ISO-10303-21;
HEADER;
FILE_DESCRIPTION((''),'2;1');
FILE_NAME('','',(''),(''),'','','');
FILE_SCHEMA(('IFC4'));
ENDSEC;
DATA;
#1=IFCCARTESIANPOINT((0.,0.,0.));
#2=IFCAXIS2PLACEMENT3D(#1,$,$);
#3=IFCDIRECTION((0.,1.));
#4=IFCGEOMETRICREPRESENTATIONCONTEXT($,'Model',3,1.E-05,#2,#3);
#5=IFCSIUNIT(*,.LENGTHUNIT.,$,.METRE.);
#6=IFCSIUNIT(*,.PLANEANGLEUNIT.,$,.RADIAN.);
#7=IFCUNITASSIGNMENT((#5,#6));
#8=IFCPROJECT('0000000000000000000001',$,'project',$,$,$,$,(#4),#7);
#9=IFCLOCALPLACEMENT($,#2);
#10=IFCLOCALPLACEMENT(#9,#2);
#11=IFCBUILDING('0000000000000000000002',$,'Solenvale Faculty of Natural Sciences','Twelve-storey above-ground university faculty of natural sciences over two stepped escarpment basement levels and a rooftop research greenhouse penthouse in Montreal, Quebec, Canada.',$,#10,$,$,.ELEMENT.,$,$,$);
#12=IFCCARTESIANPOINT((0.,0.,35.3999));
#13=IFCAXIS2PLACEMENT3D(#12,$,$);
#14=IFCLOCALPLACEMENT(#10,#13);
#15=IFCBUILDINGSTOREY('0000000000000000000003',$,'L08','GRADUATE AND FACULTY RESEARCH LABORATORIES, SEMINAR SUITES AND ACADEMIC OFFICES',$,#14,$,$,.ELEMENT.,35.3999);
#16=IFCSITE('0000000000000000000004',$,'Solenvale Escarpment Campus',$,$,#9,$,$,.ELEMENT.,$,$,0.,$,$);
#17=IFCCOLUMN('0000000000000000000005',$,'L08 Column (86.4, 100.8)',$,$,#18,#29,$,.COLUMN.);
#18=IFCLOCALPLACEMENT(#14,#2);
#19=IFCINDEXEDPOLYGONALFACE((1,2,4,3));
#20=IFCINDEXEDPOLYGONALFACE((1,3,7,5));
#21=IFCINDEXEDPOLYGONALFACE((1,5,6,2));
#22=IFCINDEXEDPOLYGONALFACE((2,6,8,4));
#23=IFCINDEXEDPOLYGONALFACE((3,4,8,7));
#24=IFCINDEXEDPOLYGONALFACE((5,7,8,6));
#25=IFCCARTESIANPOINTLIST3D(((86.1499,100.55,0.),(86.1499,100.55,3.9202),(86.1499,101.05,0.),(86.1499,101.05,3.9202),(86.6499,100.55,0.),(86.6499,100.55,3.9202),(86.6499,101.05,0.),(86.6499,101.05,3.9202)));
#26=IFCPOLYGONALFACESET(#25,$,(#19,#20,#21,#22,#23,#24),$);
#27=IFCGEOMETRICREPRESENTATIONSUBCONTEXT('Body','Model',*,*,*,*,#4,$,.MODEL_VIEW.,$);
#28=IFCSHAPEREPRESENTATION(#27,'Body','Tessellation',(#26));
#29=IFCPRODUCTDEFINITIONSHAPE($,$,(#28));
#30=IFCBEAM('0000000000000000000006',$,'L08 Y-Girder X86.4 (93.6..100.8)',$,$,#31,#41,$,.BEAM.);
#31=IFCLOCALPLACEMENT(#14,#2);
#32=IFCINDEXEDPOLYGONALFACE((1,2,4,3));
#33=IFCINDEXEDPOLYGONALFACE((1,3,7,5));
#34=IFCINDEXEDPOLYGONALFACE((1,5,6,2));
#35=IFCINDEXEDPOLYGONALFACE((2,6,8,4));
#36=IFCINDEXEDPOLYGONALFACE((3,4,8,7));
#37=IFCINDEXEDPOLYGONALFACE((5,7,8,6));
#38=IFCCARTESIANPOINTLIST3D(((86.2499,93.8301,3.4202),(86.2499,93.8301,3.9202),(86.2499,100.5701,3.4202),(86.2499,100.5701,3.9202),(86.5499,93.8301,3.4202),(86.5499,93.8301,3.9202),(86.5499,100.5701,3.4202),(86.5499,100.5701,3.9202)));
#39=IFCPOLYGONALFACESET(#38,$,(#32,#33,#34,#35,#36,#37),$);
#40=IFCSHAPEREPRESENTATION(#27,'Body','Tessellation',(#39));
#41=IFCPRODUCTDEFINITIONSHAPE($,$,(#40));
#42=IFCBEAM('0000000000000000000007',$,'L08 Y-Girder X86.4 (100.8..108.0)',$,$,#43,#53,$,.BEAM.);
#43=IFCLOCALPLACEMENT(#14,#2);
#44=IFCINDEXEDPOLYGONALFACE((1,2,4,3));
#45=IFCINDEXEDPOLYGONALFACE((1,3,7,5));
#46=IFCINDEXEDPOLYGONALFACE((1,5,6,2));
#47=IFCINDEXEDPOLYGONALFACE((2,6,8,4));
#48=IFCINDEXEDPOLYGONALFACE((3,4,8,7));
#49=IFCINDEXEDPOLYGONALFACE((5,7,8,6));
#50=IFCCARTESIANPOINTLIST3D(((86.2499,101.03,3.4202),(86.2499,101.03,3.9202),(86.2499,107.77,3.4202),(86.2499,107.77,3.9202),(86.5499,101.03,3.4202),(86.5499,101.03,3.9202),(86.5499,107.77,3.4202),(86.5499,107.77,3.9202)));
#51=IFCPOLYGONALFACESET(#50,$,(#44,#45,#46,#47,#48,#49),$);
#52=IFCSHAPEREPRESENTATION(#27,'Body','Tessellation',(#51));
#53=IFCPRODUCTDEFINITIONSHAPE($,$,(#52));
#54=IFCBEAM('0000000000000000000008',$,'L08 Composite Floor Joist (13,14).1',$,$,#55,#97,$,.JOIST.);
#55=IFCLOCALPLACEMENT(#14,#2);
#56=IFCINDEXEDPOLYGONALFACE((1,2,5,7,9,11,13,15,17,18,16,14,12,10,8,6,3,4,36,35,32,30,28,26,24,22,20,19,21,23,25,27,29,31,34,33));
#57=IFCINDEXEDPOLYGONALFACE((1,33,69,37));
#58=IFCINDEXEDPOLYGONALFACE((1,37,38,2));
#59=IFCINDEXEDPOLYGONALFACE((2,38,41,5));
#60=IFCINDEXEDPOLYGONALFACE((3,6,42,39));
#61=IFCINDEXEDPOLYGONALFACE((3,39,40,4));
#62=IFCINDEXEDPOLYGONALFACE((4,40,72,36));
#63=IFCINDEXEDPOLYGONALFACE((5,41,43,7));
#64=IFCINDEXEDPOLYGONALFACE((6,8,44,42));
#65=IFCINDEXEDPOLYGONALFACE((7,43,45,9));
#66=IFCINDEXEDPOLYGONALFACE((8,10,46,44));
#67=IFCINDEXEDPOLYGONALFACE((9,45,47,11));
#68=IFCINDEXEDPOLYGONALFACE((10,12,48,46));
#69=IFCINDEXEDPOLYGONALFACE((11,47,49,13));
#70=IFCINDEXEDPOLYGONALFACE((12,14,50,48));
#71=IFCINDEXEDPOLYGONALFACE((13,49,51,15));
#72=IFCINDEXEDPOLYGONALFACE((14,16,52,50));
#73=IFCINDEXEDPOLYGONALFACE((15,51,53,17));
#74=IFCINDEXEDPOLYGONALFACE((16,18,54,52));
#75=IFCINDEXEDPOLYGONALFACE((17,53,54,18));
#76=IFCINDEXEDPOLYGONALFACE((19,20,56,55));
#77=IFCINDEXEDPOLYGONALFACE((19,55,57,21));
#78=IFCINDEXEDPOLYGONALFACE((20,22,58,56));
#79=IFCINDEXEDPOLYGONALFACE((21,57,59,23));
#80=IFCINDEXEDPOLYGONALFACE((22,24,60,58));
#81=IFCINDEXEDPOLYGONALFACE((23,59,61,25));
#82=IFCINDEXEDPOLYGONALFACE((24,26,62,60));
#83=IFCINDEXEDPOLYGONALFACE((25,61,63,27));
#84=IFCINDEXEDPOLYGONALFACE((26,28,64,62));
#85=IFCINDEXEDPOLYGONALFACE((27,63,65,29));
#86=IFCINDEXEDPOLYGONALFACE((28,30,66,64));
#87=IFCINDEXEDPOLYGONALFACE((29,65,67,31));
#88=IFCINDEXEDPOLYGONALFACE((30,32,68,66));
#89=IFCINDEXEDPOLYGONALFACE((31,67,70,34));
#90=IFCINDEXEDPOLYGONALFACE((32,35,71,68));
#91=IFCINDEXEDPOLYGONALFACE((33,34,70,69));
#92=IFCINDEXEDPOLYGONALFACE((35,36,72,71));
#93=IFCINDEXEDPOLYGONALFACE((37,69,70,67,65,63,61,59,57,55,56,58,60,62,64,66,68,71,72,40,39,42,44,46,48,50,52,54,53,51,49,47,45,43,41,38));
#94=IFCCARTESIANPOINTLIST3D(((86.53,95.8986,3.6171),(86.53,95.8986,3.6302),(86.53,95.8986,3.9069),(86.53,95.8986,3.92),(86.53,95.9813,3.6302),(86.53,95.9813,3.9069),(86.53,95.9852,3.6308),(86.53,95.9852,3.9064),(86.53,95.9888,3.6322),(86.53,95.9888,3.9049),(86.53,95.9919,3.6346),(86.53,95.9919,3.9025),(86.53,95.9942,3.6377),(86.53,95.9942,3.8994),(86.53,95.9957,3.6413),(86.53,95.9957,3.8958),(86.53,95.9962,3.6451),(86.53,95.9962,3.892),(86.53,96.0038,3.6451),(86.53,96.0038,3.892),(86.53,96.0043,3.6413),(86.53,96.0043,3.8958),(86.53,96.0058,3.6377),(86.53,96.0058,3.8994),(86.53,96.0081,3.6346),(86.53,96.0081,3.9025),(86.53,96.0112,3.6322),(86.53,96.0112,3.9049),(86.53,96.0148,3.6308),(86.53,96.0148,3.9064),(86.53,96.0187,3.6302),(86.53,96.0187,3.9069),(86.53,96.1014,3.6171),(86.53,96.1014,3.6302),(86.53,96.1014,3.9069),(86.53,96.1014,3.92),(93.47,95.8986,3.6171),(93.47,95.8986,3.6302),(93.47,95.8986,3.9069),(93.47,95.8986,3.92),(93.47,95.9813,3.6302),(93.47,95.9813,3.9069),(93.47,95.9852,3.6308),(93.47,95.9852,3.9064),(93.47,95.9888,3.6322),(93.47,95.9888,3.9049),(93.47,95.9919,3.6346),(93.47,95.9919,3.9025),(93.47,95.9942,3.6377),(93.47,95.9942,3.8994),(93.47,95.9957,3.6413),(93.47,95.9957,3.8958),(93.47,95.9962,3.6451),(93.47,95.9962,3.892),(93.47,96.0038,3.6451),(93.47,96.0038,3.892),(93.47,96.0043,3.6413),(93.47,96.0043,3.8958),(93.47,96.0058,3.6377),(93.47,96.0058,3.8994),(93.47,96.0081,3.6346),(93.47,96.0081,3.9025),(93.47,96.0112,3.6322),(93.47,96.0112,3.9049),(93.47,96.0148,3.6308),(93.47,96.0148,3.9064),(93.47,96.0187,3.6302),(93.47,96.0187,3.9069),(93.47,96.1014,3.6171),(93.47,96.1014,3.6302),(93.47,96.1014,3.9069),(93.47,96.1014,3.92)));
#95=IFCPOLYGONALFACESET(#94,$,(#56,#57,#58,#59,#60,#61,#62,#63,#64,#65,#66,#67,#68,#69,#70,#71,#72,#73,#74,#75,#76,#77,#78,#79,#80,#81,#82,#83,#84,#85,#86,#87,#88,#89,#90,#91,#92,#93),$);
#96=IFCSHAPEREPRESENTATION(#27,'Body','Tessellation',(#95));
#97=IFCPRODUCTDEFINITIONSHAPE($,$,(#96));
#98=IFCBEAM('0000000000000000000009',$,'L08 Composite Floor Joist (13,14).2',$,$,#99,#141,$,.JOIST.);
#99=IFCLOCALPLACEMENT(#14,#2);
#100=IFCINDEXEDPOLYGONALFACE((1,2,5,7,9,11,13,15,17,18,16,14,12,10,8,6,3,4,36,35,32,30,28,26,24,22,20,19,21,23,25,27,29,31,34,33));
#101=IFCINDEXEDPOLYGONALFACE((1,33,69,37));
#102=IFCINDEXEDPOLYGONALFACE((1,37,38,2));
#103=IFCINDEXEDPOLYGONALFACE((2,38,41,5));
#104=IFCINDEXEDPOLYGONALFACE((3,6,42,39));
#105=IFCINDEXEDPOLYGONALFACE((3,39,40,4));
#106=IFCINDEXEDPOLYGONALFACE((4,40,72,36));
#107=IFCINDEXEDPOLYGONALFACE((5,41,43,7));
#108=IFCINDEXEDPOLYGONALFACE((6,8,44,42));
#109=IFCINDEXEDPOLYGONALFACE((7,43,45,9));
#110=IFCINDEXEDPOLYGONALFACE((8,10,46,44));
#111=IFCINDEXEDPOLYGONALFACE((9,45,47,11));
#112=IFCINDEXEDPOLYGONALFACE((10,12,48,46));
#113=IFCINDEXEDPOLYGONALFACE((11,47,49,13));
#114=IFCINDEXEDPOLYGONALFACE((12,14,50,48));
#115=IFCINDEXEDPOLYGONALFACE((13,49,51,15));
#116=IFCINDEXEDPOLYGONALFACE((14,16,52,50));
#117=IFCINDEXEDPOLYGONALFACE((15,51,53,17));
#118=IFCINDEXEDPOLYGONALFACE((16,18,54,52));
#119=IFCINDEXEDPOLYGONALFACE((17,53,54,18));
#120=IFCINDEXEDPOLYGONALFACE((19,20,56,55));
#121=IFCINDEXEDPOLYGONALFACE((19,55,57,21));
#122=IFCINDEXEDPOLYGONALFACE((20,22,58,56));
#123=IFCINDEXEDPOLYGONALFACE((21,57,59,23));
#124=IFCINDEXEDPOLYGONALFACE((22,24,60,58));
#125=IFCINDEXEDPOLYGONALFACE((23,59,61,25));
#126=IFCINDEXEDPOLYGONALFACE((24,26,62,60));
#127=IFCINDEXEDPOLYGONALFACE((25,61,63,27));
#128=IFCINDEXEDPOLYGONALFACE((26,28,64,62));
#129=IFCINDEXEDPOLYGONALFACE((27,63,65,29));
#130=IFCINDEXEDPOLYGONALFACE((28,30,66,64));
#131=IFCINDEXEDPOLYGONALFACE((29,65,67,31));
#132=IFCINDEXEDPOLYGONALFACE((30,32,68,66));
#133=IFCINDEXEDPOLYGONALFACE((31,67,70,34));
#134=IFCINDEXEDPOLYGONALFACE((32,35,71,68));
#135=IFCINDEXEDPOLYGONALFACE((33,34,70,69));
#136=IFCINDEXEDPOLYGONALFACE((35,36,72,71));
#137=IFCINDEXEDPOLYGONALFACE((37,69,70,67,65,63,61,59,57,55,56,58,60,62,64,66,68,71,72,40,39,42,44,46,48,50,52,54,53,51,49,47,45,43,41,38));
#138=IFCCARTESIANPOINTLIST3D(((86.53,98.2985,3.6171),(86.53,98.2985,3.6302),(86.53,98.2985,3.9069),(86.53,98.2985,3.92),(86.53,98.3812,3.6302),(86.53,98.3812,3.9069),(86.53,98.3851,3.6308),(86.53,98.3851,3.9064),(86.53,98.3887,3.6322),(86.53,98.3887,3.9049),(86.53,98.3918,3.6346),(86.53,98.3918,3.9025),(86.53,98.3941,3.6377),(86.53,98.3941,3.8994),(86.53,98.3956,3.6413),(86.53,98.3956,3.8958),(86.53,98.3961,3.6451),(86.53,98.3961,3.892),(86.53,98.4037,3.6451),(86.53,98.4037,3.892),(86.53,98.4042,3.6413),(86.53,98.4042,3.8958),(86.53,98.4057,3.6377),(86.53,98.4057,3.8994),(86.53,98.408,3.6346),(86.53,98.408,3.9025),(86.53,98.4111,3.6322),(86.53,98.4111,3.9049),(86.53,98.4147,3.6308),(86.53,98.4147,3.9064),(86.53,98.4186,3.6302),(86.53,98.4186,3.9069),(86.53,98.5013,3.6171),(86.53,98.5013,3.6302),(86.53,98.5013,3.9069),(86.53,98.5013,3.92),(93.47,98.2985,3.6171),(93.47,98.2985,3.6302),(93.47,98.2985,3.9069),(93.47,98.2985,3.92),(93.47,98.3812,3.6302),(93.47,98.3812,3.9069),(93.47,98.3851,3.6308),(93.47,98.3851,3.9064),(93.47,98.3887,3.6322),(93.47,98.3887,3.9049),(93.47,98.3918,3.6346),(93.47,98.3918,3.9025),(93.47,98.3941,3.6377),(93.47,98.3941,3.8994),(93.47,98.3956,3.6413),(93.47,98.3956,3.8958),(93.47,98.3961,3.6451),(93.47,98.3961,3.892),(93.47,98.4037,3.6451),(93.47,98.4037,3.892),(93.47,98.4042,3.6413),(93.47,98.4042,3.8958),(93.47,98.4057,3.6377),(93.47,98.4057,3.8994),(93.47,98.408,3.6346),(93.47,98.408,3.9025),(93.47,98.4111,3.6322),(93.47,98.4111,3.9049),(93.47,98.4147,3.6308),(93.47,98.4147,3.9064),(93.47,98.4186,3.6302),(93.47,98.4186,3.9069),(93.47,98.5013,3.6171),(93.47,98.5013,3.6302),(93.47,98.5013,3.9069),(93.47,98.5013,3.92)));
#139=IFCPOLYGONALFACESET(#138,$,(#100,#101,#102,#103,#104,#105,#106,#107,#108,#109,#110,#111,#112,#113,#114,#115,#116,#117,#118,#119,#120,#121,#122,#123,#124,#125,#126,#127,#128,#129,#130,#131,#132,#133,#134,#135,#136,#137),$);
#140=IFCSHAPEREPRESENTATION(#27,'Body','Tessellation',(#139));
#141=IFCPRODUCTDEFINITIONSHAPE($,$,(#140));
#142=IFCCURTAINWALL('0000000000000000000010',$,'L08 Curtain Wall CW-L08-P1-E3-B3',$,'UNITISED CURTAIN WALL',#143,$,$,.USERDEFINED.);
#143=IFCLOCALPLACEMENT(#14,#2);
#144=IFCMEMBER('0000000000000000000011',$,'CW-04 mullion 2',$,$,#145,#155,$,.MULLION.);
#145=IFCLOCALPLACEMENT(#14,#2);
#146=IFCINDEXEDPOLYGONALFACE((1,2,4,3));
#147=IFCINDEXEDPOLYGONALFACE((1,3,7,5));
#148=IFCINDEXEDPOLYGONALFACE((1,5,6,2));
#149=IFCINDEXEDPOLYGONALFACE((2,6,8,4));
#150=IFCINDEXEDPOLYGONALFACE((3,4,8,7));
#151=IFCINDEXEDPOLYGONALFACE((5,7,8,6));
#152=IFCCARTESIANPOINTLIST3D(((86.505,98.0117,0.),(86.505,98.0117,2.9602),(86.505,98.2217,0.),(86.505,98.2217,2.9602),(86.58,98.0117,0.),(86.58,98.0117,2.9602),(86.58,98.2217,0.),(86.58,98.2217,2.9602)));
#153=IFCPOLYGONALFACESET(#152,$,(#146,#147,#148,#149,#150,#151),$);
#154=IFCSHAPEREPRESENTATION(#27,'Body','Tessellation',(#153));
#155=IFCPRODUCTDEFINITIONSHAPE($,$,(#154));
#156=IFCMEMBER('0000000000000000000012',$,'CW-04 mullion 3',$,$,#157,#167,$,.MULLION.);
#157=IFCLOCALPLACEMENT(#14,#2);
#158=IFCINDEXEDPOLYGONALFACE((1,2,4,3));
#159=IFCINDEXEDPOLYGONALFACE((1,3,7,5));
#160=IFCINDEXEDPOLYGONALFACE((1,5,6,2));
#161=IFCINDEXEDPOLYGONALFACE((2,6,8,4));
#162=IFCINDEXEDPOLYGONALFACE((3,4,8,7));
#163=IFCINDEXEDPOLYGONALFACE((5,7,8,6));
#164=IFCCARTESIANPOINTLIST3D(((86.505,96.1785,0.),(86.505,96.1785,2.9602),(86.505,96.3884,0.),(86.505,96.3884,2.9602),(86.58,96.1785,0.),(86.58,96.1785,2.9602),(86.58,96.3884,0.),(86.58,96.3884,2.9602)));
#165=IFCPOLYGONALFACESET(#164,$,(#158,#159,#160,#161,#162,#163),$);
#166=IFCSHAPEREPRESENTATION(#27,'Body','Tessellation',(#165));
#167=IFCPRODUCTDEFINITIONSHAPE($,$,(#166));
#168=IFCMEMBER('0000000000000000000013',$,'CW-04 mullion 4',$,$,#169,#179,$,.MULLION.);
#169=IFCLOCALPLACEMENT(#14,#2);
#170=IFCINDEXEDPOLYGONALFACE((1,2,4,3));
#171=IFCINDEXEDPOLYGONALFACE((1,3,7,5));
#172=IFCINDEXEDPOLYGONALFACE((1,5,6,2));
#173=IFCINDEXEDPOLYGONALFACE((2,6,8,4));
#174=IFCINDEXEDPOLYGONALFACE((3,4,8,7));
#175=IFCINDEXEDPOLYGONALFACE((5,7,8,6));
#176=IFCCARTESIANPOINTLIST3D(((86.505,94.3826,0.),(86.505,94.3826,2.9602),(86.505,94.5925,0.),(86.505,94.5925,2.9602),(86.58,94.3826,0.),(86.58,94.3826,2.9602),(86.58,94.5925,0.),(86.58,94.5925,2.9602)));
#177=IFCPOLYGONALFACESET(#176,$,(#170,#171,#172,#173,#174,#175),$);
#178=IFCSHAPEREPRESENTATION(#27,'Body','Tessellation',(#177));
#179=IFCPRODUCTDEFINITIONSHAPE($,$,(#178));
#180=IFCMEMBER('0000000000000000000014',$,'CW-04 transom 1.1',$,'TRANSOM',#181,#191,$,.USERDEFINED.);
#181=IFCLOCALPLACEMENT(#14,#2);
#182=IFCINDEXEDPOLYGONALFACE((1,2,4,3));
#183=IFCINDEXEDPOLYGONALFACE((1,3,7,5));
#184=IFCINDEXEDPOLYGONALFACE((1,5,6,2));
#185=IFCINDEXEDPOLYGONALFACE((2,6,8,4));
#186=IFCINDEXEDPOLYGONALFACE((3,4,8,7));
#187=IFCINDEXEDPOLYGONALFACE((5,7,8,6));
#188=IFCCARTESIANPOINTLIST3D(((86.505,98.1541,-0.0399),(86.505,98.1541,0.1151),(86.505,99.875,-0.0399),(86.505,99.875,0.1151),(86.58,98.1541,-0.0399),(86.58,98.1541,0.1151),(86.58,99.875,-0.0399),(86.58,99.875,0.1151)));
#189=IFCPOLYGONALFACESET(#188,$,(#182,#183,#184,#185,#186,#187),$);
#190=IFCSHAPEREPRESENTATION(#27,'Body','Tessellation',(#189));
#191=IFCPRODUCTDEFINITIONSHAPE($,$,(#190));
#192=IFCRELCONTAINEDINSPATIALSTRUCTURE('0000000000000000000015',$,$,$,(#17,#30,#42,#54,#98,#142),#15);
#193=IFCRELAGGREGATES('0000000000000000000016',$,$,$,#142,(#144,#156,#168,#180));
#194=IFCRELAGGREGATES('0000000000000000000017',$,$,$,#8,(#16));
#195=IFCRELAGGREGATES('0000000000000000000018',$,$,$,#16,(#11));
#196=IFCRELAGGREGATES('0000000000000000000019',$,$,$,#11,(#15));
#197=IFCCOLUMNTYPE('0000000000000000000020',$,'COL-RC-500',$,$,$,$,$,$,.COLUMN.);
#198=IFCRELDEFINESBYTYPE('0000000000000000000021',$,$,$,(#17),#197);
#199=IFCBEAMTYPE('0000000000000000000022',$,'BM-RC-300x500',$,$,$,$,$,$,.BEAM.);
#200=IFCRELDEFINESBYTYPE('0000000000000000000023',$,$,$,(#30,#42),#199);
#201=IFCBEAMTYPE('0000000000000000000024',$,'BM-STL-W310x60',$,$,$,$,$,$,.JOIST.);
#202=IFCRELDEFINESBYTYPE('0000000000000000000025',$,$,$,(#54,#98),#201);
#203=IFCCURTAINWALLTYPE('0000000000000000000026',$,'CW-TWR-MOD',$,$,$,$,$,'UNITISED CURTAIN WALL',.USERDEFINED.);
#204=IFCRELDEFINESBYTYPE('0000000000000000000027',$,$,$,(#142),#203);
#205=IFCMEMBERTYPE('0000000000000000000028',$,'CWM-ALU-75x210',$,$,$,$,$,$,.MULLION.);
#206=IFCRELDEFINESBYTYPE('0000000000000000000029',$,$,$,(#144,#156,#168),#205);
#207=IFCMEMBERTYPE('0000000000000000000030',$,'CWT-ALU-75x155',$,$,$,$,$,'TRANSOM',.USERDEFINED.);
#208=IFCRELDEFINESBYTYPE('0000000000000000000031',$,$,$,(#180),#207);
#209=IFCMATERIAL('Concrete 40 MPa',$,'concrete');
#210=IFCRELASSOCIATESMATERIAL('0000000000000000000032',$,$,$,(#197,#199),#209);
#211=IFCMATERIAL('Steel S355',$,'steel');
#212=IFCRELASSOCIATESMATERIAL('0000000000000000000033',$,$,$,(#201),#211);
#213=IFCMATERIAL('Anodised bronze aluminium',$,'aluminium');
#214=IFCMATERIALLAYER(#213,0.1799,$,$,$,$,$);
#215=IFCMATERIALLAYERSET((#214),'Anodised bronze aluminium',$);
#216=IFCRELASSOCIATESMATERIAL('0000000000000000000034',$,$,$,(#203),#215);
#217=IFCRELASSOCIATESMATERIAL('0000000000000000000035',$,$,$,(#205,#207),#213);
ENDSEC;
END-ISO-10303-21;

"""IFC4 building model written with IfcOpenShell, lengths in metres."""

from ifc_helpers import new_model, si_unit, direction, frame, origin, origin_2d, place, context, subcontext, project, spatial, rectangle, i_section, extrude, material, layer, layer_set, material_profile, profile_set, type_object, element, aggregate, save


model = new_model("IFC4")

# Units and contexts
model_context = context("Model", 3, precision=1e-05, world=origin(), true_north=direction((0.0, 1.0)))
body_context = subcontext(model_context, "Body", "Model", "MODEL_VIEW")
ifc_project = project(units=[si_unit("LENGTHUNIT", "METRE"), si_unit("PLANEANGLEUNIT", "RADIAN")], contexts=[model_context])

# Site, building, storey
site_placement = place(None, origin())
site = spatial("IfcSite", under=ifc_project, at=site_placement, Name="Solenvale Escarpment Campus", CompositionType="ELEMENT", RefElevation=0.0)
building_placement = place(site_placement, origin())
building = spatial("IfcBuilding", under=site, at=building_placement, Name="Solenvale Faculty of Natural Sciences", Description="Twelve-storey above-ground university faculty of natural sciences over two stepped escarpment basement levels and a rooftop research greenhouse penthouse in Montreal, Quebec, Canada.", CompositionType="ELEMENT")
storey_placement = place(building_placement, frame((0.0, 0.0, 35.3999)))
storey = spatial("IfcBuildingStorey", under=building, at=storey_placement, Name="L08", Description="GRADUATE AND FACULTY RESEARCH LABORATORIES, SEMINAR SUITES AND ACADEMIC OFFICES", CompositionType="ELEMENT", Elevation=35.3999)

# Column
ifc_material_1 = material(Name="Concrete 40 MPa", Category="concrete")
ifc_material_profile_1 = material_profile(ifc_material_1, rectangle(XDim=0.5, YDim=0.5, at=origin_2d()), Name="RC-COL-500x500")
ifc_profile_set_1 = profile_set([ifc_material_profile_1], Name="Concrete 40 MPa")
column_type = type_object("IfcColumnType", Name="COL-RC-500", PredefinedType="COLUMN", material=ifc_profile_set_1)
column_placement = place(storey_placement, frame((86.3999, 100.8, 0.0), z_axis=(0.0, 0.0, 1.0), x_axis=(1.0, 0.0, 0.0)))
element("IfcColumn", 1, at=column_placement, inside=storey, type_object=column_type, Name="L08 Column (86.4, 100.8)", PredefinedType="COLUMN", context=body_context, shape_type="SweptSolid", body=[
    extrude(rectangle(XDim=0.5, YDim=0.5, at=origin_2d()), origin(), (0.0, 0.0, 1.0), 3.9202),
])

# Beams
ifc_material_profile_2 = material_profile(ifc_material_1, rectangle(XDim=0.3, YDim=0.5, at=origin_2d()), Name="RC-BM-300x500")
ifc_profile_set_2 = profile_set([ifc_material_profile_2], Name="Concrete 40 MPa")
beam_type_1 = type_object("IfcBeamType", Name="BM-RC-300x500", PredefinedType="BEAM", material=ifc_profile_set_2)
for number, where, z_axis, x_axis, name in (
    (2, (86.3999, 93.8301, 3.6702), (0.0, 1.0, 0.0), (-1.0, 0.0, 0.0), "L08 Y-Girder X86.4 (93.6..100.8)"),
    (3, (86.3999, 101.03, 3.6702), (0.0, 1.0, 0.0), (-1.0, 0.0, 0.0), "L08 Y-Girder X86.4 (100.8..108.0)"),
):
    element("IfcBeam", number, at=place(storey_placement, frame(where, z_axis=z_axis, x_axis=x_axis)), inside=storey, type_object=beam_type_1, Name=name, PredefinedType="BEAM", context=body_context, shape_type="SweptSolid", body=[
        extrude(rectangle(XDim=0.3, YDim=0.5, at=origin_2d()), origin(), (0.0, 0.0, 1.0), 6.74),
    ])
ifc_material_2 = material(Name="Steel S355", Category="steel")
ifc_material_profile_3 = material_profile(ifc_material_2, i_section(OverallWidth=0.2029, OverallDepth=0.303, WebThickness=0.0076, FlangeThickness=0.0132, FilletRadius=0.0149, at=origin_2d()), Name="W310x60")
ifc_profile_set_3 = profile_set([ifc_material_profile_3], Name="Steel S355")
beam_type_2 = type_object("IfcBeamType", Name="BM-STL-W310x60", PredefinedType="JOIST", material=ifc_profile_set_3)
for number, where, z_axis, x_axis, name in (
    (4, (86.53, 96.0, 3.7686), (1.0, 0.0, 0.0), (0.0, 1.0, 0.0), "L08 Composite Floor Joist (13,14).1"),
    (5, (86.53, 98.3999, 3.7686), (1.0, 0.0, 0.0), (0.0, 1.0, 0.0), "L08 Composite Floor Joist (13,14).2"),
):
    element("IfcBeam", number, at=place(storey_placement, frame(where, z_axis=z_axis, x_axis=x_axis)), inside=storey, type_object=beam_type_2, Name=name, PredefinedType="JOIST", context=body_context, shape_type="SweptSolid", body=[
        extrude(i_section(OverallWidth=0.2029, OverallDepth=0.303, WebThickness=0.0076, FlangeThickness=0.0132, FilletRadius=0.0149, at=origin_2d()), origin(), (0.0, 0.0, 1.0), 6.9399),
    ])

# Curtain wall, members
ifc_material_3 = material(Name="Anodised bronze aluminium", Category="aluminium")
ifc_layer_1 = layer(ifc_material_3, 0.1799)
ifc_layer_set_1 = layer_set([ifc_layer_1], Name="Anodised bronze aluminium")
curtain_wall_type = type_object("IfcCurtainWallType", Name="CW-TWR-MOD", ElementType="UNITISED CURTAIN WALL", PredefinedType="USERDEFINED", material=ifc_layer_set_1)
curtain_wall_placement = place(storey_placement, origin())
curtain_wall = element("IfcCurtainWall", 6, at=curtain_wall_placement, inside=storey, type_object=curtain_wall_type, Name="L08 Curtain Wall CW-L08-P1-E3-B3", ObjectType="UNITISED CURTAIN WALL", PredefinedType="USERDEFINED")
ifc_material_profile_4 = material_profile(ifc_material_3, rectangle(XDim=0.075, YDim=0.21, at=origin_2d()), Name="ALU-MUL-75x210")
ifc_profile_set_4 = profile_set([ifc_material_profile_4], Name="Anodised bronze aluminium")
member_type_1 = type_object("IfcMemberType", Name="CWM-ALU-75x210", PredefinedType="MULLION", material=ifc_profile_set_4)
member_1_placement = place(storey_placement, frame((86.5425, 98.1167, 0.0), z_axis=(0.0, 0.0, 1.0), x_axis=(1.0, 0.0, 0.0)))
member_1 = element("IfcMember", 7, at=member_1_placement, type_object=member_type_1, Name="CW-04 mullion 2", PredefinedType="MULLION", context=body_context, shape_type="SweptSolid", body=[
    extrude(rectangle(XDim=0.075, YDim=0.21, at=origin_2d()), origin(), (0.0, 0.0, 1.0), 2.9602),
])
member_2_placement = place(storey_placement, frame((86.5425, 96.2834, 0.0), z_axis=(0.0, 0.0, 1.0), x_axis=(1.0, 0.0, 0.0)))
member_2 = element("IfcMember", 8, at=member_2_placement, type_object=member_type_1, Name="CW-04 mullion 3", PredefinedType="MULLION", context=body_context, shape_type="SweptSolid", body=[
    extrude(rectangle(XDim=0.075, YDim=0.21, at=origin_2d()), origin(), (0.0, 0.0, 1.0), 2.9602),
])
member_3_placement = place(storey_placement, frame((86.5425, 94.4875, 0.0), z_axis=(0.0, 0.0, 1.0), x_axis=(1.0, 0.0, 0.0)))
member_3 = element("IfcMember", 9, at=member_3_placement, type_object=member_type_1, Name="CW-04 mullion 4", PredefinedType="MULLION", context=body_context, shape_type="SweptSolid", body=[
    extrude(rectangle(XDim=0.075, YDim=0.21, at=origin_2d()), origin(), (0.0, 0.0, 1.0), 2.9602),
])
ifc_material_profile_5 = material_profile(ifc_material_3, rectangle(XDim=0.075, YDim=0.155, at=origin_2d()), Name="ALU-TRN-75x155")
ifc_profile_set_5 = profile_set([ifc_material_profile_5], Name="Anodised bronze aluminium")
member_type_2 = type_object("IfcMemberType", Name="CWT-ALU-75x155", ElementType="TRANSOM", PredefinedType="USERDEFINED", material=ifc_profile_set_5)
member_4_placement = place(storey_placement, frame((86.5425, 99.875, 0.0376), z_axis=(0.0, -1.0, 0.0), x_axis=(1.0, 0.0, 0.0)))
member_4 = element("IfcMember", 10, at=member_4_placement, type_object=member_type_2, Name="CW-04 transom 1.1", ObjectType="TRANSOM", PredefinedType="USERDEFINED", context=body_context, shape_type="SweptSolid", body=[
    extrude(rectangle(XDim=0.075, YDim=0.155, at=origin_2d()), origin(), (0.0, 0.0, 1.0), 1.7209),
])
aggregate(curtain_wall, [member_1, member_2, member_3, member_4])

save(model, "model.ifc")
